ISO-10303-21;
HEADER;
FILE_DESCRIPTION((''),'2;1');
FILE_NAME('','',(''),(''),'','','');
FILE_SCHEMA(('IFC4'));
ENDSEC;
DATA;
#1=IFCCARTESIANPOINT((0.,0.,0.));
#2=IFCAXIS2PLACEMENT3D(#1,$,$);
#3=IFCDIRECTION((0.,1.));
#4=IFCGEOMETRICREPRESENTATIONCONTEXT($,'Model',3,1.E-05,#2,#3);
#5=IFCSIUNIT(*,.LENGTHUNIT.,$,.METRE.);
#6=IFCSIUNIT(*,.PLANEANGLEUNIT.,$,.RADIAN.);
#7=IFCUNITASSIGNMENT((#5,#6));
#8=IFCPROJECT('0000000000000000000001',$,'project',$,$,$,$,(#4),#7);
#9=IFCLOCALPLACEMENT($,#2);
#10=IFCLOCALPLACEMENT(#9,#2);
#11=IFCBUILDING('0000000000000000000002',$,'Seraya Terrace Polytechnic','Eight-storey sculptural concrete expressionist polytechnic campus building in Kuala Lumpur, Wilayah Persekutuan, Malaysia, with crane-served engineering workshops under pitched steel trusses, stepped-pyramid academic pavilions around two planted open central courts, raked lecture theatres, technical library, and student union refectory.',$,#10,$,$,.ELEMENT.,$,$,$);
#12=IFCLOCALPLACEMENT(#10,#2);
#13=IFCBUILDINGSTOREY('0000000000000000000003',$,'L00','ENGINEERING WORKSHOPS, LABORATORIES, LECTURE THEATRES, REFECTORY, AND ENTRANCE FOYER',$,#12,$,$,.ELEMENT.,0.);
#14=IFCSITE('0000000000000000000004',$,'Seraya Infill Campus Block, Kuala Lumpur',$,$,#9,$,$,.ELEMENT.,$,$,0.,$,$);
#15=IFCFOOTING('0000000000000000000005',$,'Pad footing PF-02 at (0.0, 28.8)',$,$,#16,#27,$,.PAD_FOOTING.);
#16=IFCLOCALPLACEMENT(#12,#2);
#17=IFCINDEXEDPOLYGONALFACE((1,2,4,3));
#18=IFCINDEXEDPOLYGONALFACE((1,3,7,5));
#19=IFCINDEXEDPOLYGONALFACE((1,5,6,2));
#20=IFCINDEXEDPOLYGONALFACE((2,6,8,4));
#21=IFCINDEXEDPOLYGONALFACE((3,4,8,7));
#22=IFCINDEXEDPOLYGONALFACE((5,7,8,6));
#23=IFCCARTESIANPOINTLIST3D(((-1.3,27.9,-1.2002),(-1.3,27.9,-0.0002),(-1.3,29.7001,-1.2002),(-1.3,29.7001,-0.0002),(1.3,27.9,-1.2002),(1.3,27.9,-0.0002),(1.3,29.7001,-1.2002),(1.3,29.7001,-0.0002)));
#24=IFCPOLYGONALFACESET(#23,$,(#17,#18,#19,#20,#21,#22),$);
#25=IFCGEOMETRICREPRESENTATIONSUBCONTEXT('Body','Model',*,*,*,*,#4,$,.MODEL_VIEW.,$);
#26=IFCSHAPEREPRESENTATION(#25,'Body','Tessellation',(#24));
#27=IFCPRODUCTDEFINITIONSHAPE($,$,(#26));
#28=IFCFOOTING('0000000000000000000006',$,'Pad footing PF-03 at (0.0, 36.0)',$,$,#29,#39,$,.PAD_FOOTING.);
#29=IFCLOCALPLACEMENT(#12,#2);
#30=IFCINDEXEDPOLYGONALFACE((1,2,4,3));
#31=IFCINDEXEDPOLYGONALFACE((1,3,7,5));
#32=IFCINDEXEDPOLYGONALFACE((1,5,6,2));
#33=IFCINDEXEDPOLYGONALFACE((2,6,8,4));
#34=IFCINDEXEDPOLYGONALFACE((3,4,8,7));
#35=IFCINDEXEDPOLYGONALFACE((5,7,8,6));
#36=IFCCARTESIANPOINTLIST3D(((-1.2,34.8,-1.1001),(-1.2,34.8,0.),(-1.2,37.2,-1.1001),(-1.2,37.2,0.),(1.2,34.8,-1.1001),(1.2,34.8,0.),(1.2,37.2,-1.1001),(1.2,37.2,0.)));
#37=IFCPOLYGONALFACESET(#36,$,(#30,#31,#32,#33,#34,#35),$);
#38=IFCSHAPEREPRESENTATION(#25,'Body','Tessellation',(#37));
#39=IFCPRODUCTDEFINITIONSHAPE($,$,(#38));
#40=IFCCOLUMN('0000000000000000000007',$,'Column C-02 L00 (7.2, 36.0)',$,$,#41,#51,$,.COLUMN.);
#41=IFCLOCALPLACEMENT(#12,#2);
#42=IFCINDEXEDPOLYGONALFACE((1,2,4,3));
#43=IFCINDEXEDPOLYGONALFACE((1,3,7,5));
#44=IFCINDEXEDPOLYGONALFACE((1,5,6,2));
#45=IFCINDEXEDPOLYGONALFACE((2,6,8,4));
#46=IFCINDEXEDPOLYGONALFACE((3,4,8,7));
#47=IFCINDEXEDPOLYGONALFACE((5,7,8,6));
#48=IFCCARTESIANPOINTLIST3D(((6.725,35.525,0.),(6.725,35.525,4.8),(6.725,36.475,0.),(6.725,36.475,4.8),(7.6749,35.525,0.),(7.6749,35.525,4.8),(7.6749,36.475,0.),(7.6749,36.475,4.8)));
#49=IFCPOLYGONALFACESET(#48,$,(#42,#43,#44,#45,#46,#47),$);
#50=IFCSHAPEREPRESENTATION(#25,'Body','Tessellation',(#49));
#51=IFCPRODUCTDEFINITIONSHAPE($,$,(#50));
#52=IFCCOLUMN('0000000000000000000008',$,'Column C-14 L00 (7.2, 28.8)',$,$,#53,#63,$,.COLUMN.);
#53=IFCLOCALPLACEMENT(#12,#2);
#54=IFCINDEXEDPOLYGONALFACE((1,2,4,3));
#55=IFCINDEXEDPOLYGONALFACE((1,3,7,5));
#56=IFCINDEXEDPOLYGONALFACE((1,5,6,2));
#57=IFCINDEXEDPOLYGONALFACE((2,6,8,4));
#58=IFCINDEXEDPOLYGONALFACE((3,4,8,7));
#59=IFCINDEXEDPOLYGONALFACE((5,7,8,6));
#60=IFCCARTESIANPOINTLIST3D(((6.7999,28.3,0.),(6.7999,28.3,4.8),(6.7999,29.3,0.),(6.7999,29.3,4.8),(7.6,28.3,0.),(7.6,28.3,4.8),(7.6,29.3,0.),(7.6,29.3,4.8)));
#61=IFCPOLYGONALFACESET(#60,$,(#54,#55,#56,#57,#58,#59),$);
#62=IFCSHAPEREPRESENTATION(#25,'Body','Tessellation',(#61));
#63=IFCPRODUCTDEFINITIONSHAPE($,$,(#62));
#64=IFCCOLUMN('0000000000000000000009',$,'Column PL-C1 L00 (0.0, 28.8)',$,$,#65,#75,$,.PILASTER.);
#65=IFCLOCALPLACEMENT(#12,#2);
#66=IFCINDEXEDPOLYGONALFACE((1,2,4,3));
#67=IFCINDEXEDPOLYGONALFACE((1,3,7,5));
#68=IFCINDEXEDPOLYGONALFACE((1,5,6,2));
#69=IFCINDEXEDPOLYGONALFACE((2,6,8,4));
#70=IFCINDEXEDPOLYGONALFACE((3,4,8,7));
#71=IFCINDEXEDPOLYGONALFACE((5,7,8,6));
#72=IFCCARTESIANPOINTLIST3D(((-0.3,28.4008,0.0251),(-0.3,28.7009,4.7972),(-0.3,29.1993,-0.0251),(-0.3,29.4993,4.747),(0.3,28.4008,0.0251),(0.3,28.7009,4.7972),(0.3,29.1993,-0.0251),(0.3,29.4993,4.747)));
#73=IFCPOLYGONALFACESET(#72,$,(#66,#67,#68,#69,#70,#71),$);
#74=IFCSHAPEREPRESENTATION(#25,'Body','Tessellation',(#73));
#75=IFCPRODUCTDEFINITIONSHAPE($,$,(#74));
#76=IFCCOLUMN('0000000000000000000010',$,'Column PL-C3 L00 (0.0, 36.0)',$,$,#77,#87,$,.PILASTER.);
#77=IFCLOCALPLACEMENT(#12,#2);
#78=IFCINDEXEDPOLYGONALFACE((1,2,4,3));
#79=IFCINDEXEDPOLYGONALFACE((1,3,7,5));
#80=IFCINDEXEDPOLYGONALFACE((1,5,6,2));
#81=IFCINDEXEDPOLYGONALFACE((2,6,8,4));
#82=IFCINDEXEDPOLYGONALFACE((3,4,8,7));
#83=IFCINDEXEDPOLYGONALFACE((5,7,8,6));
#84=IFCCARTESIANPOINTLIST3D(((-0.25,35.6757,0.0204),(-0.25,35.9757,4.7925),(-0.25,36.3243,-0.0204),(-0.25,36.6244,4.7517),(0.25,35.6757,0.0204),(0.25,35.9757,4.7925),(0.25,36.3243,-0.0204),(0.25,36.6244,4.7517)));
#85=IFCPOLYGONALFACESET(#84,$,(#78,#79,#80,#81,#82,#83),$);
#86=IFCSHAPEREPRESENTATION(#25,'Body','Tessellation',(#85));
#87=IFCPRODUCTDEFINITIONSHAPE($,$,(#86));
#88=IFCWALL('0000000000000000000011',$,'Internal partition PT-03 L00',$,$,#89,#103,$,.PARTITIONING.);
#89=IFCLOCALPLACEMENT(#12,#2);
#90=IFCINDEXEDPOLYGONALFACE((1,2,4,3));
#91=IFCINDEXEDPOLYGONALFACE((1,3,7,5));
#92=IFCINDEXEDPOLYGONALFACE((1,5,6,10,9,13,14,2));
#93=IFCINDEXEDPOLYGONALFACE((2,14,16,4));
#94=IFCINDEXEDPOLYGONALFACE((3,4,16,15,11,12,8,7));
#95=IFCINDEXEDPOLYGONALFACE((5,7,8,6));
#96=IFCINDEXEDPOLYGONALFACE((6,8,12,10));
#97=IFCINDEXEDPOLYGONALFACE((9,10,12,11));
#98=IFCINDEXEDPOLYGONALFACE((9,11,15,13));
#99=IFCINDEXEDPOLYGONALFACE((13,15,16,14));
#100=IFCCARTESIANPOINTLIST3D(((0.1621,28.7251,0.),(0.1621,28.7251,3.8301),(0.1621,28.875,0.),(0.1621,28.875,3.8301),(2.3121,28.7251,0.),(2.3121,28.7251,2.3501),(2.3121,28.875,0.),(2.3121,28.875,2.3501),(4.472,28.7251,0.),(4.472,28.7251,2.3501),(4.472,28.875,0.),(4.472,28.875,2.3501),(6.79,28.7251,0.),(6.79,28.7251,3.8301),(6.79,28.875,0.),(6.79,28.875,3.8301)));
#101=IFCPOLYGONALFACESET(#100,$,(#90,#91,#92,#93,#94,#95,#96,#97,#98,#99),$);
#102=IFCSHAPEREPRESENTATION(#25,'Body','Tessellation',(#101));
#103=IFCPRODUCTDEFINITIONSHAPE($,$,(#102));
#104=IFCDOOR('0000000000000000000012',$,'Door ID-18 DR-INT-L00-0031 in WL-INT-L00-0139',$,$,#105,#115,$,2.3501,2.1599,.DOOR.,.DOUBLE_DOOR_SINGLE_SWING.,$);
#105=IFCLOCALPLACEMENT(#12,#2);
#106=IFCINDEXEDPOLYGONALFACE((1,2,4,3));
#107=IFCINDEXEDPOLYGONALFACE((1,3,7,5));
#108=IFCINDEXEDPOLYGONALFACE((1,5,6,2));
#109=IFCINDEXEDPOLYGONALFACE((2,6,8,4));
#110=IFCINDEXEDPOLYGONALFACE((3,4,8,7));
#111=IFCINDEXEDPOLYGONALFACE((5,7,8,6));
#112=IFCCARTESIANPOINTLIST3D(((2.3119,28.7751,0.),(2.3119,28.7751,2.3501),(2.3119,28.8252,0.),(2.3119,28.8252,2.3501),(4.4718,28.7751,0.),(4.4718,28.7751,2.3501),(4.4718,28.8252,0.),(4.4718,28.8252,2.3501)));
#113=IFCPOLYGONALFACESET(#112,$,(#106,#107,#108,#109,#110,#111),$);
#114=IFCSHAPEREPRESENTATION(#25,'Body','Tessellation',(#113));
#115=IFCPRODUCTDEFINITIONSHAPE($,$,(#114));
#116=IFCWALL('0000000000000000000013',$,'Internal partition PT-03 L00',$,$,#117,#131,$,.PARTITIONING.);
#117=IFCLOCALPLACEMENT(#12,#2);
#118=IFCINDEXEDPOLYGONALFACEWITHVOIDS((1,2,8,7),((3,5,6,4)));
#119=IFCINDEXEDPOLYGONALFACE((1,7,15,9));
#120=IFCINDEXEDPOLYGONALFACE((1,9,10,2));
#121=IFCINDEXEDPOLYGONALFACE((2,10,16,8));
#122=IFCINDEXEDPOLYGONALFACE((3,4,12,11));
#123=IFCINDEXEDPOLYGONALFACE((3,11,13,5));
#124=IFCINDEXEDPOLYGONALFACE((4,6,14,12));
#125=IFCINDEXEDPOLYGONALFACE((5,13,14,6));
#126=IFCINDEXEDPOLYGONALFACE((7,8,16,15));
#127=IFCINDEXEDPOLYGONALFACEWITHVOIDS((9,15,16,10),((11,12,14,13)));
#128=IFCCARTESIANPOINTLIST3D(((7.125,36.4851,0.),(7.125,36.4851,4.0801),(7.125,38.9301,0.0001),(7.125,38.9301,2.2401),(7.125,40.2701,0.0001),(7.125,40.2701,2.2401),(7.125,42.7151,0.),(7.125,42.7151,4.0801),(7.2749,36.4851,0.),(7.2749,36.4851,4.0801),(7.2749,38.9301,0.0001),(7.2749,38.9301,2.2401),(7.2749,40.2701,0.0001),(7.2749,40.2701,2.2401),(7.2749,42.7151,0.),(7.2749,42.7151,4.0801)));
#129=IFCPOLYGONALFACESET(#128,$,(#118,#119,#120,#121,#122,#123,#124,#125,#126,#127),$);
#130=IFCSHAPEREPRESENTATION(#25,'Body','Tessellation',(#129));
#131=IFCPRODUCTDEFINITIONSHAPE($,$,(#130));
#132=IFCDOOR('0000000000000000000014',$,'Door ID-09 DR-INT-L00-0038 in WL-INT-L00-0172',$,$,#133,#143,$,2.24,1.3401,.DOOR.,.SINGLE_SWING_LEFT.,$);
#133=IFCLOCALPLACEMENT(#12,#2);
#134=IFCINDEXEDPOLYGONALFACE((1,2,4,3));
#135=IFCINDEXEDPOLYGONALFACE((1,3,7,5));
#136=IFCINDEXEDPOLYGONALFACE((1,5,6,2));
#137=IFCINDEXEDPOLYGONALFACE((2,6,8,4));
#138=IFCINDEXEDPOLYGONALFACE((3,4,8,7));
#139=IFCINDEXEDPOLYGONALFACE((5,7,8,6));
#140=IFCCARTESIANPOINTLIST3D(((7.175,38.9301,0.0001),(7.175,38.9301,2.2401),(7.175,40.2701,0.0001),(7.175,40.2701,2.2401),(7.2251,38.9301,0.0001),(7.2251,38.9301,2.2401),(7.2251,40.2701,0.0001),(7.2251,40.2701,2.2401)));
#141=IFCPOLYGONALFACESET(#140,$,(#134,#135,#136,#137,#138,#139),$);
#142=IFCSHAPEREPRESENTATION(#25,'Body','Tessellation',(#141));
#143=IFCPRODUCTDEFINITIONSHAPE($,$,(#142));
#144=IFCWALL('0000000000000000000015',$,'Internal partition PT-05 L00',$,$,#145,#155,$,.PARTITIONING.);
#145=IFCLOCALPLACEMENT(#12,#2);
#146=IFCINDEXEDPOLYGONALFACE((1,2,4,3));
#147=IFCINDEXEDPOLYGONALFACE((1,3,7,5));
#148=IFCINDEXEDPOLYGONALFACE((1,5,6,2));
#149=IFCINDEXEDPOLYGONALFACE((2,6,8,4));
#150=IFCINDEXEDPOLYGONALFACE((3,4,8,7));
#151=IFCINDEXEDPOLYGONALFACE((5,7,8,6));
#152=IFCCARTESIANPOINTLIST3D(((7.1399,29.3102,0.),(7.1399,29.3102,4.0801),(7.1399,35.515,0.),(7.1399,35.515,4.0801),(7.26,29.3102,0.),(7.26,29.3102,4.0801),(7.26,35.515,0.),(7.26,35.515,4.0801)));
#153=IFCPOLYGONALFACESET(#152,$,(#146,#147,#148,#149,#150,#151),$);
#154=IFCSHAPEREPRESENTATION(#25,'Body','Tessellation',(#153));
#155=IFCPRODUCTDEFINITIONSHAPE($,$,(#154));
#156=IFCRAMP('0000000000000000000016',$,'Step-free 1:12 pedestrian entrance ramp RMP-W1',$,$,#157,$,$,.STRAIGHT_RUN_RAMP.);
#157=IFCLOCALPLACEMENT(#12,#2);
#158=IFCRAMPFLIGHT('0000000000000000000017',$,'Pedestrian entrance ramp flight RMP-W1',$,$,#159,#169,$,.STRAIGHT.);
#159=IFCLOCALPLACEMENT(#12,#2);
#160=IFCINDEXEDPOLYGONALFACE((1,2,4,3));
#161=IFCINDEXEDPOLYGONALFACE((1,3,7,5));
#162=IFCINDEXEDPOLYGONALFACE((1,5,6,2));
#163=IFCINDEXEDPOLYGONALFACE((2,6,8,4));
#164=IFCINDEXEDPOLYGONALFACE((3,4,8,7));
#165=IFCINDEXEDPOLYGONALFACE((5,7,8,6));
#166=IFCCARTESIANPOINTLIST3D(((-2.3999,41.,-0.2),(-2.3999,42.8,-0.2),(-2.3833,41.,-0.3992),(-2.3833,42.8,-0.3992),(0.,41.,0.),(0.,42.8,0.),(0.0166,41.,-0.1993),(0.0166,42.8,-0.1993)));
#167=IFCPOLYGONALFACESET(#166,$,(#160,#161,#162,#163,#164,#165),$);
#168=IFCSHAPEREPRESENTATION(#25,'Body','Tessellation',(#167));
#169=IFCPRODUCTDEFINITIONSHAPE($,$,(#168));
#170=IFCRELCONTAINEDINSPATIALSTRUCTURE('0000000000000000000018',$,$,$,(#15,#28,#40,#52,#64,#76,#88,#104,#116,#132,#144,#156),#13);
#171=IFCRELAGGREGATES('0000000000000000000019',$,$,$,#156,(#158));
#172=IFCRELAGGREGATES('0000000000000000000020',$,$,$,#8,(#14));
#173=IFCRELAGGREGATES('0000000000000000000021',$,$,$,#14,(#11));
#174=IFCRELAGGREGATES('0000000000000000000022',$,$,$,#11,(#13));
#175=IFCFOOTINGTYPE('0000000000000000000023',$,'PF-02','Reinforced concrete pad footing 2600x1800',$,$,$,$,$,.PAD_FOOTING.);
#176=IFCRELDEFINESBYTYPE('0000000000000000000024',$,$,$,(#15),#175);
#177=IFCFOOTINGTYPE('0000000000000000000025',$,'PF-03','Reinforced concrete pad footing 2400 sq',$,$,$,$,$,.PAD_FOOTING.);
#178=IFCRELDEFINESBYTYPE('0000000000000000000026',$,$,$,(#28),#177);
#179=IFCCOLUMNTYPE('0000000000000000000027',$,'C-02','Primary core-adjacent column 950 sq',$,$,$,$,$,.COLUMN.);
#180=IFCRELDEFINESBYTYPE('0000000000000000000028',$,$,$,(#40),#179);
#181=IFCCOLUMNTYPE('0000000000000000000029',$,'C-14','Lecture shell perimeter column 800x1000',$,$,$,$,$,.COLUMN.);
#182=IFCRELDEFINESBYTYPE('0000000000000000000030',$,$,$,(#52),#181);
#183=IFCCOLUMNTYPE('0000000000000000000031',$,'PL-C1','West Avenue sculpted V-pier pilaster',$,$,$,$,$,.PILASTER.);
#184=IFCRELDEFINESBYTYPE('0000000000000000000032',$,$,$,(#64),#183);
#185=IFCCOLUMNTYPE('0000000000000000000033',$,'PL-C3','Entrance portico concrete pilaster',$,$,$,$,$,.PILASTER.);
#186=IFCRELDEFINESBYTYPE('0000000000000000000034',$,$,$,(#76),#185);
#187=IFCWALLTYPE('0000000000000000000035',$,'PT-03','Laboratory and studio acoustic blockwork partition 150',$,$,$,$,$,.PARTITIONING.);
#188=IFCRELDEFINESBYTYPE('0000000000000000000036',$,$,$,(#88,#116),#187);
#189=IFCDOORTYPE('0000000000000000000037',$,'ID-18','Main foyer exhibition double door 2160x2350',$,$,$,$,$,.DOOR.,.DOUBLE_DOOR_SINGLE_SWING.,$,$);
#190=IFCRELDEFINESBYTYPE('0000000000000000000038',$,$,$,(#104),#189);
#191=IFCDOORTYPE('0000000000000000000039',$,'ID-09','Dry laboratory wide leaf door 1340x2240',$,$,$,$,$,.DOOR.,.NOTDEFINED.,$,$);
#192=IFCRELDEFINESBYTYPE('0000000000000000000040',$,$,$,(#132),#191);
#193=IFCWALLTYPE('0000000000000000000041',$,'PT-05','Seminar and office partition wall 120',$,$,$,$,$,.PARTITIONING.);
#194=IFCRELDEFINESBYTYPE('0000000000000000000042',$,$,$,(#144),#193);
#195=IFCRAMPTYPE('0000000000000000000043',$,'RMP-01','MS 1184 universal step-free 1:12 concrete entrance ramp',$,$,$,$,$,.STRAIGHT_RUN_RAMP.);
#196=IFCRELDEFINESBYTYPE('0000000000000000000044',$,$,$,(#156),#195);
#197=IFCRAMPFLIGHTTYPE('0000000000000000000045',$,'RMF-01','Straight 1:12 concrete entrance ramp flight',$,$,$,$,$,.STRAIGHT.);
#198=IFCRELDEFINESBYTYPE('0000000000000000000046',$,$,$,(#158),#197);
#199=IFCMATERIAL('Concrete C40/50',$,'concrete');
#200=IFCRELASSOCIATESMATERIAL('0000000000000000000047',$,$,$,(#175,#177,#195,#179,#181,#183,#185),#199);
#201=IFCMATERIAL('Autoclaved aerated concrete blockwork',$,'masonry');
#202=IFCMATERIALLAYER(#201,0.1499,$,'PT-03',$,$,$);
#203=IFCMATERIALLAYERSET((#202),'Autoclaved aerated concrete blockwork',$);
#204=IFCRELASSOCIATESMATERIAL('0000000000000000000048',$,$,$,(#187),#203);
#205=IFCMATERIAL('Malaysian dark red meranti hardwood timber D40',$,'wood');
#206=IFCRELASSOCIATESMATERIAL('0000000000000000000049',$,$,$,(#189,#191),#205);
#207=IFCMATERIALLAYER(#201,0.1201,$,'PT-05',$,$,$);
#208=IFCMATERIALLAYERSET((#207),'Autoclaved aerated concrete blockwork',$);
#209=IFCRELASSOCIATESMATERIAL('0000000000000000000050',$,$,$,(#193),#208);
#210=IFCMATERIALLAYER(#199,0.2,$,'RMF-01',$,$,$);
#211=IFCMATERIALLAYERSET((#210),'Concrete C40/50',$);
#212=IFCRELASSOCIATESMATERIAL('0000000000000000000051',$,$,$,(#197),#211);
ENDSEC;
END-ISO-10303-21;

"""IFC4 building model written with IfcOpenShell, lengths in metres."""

from ifc_helpers import new_model, si_unit, direction, frame, frame_2d, origin, origin_2d, place, context, subcontext, project, spatial, polyline, rectangle, outline, extrude, material, layer, layer_set, material_profile, profile_set, type_object, element, fill, aggregate, save


model = new_model("IFC4")

# Units and contexts
model_context = context("Model", 3, precision=1e-05, world=origin(), true_north=direction((0.0, 1.0)))
body_context = subcontext(model_context, "Body", "Model", "MODEL_VIEW")
ifc_project = project(units=[si_unit("LENGTHUNIT", "METRE"), si_unit("PLANEANGLEUNIT", "RADIAN")], contexts=[model_context])

# Site, building, storey
site_placement = place(None, origin())
site = spatial("IfcSite", under=ifc_project, at=site_placement, Name="Seraya Infill Campus Block, Kuala Lumpur", CompositionType="ELEMENT", RefElevation=0.0)
building_placement = place(site_placement, origin())
building = spatial("IfcBuilding", under=site, at=building_placement, Name="Seraya Terrace Polytechnic", Description="Eight-storey sculptural concrete expressionist polytechnic campus building in Kuala Lumpur, Wilayah Persekutuan, Malaysia, with crane-served engineering workshops under pitched steel trusses, stepped-pyramid academic pavilions around two planted open central courts, raked lecture theatres, technical library, and student union refectory.", CompositionType="ELEMENT")
storey_placement = place(building_placement, origin())
storey = spatial("IfcBuildingStorey", under=building, at=storey_placement, Name="L00", Description="ENGINEERING WORKSHOPS, LABORATORIES, LECTURE THEATRES, REFECTORY, AND ENTRANCE FOYER", CompositionType="ELEMENT", Elevation=0.0)

# Shared definitions
ifc_material_1 = material(Name="Concrete C40/50", Category="concrete")

# Footings
footing_type_1 = type_object("IfcFootingType", Name="PF-02", Description="Reinforced concrete pad footing 2600x1800", PredefinedType="PAD_FOOTING", material=ifc_material_1)
footing_1_placement = place(storey_placement, frame((0.0, 28.8, -1.2002), z_axis=(0.0, 0.0, 1.0), x_axis=(1.0, 0.0, 0.0)))
element("IfcFooting", 1, at=footing_1_placement, inside=storey, type_object=footing_type_1, Name="Pad footing PF-02 at (0.0, 28.8)", PredefinedType="PAD_FOOTING", context=body_context, shape_type="SweptSolid", body=[
    extrude(rectangle(XDim=2.6001, YDim=1.8, at=origin_2d()), origin(), (0.0, 0.0, 1.0), 1.2),
])
footing_type_2 = type_object("IfcFootingType", Name="PF-03", Description="Reinforced concrete pad footing 2400 sq", PredefinedType="PAD_FOOTING", material=ifc_material_1)
footing_2_placement = place(storey_placement, frame((0.0, 36.0, -1.1001), z_axis=(0.0, 0.0, 1.0), x_axis=(1.0, 0.0, 0.0)))
element("IfcFooting", 2, at=footing_2_placement, inside=storey, type_object=footing_type_2, Name="Pad footing PF-03 at (0.0, 36.0)", PredefinedType="PAD_FOOTING", context=body_context, shape_type="SweptSolid", body=[
    extrude(rectangle(XDim=2.3999, YDim=2.3999, at=origin_2d()), origin(), (0.0, 0.0, 1.0), 1.1001),
])

# Columns
ifc_material_profile_1 = material_profile(ifc_material_1, rectangle(XDim=0.95, YDim=0.95, at=origin_2d()), Name="RC 950x950")
ifc_profile_set_1 = profile_set([ifc_material_profile_1], Name="Concrete C40/50")
column_type_1 = type_object("IfcColumnType", Name="C-02", Description="Primary core-adjacent column 950 sq", PredefinedType="COLUMN", material=ifc_profile_set_1)
column_1_placement = place(storey_placement, frame((7.2, 36.0, 0.0), z_axis=(0.0, 0.0, 1.0), x_axis=(1.0, 0.0, 0.0)))
element("IfcColumn", 3, at=column_1_placement, inside=storey, type_object=column_type_1, Name="Column C-02 L00 (7.2, 36.0)", PredefinedType="COLUMN", context=body_context, shape_type="SweptSolid", body=[
    extrude(rectangle(XDim=0.95, YDim=0.95, at=origin_2d()), origin(), (0.0, 0.0, 1.0), 4.8),
])
ifc_material_profile_2 = material_profile(ifc_material_1, rectangle(XDim=0.8, YDim=1.0, at=origin_2d()), Name="RC 800x1000")
ifc_profile_set_2 = profile_set([ifc_material_profile_2], Name="Concrete C40/50")
column_type_2 = type_object("IfcColumnType", Name="C-14", Description="Lecture shell perimeter column 800x1000", PredefinedType="COLUMN", material=ifc_profile_set_2)
column_2_placement = place(storey_placement, frame((7.2, 28.8, 0.0), z_axis=(0.0, 0.0, 1.0), x_axis=(1.0, 0.0, 0.0)))
element("IfcColumn", 4, at=column_2_placement, inside=storey, type_object=column_type_2, Name="Column C-14 L00 (7.2, 28.8)", PredefinedType="COLUMN", context=body_context, shape_type="SweptSolid", body=[
    extrude(rectangle(XDim=0.8, YDim=1.0, at=origin_2d()), origin(), (0.0, 0.0, 1.0), 4.8),
])
ifc_material_profile_3 = material_profile(ifc_material_1, rectangle(XDim=0.6001, YDim=0.8, at=origin_2d()), Name="RC 600x800")
ifc_profile_set_3 = profile_set([ifc_material_profile_3], Name="Concrete C40/50")
column_type_3 = type_object("IfcColumnType", Name="PL-C1", Description="West Avenue sculpted V-pier pilaster", PredefinedType="PILASTER", material=ifc_profile_set_3)
column_3_placement = place(storey_placement, frame((0.0, 28.8, 0.0), z_axis=(0.0, 0.062753, 0.998029), x_axis=(-1.0, 0.0, 0.0)))
element("IfcColumn", 5, at=column_3_placement, inside=storey, type_object=column_type_3, Name="Column PL-C1 L00 (0.0, 28.8)", PredefinedType="PILASTER", context=body_context, shape_type="SweptSolid", body=[
    extrude(rectangle(XDim=0.6001, YDim=0.8, at=origin_2d()), origin(), (0.0, 0.0, 1.0), 4.7815),
])
ifc_material_profile_4 = material_profile(ifc_material_1, rectangle(XDim=0.5, YDim=0.6499, at=origin_2d()), Name="RC 500x650")
ifc_profile_set_4 = profile_set([ifc_material_profile_4], Name="Concrete C40/50")
column_type_4 = type_object("IfcColumnType", Name="PL-C3", Description="Entrance portico concrete pilaster", PredefinedType="PILASTER", material=ifc_profile_set_4)
column_4_placement = place(storey_placement, frame((0.0, 36.0, 0.0), z_axis=(0.0, 0.062753, 0.998029), x_axis=(-1.0, 0.0, 0.0)))
element("IfcColumn", 6, at=column_4_placement, inside=storey, type_object=column_type_4, Name="Column PL-C3 L00 (0.0, 36.0)", PredefinedType="PILASTER", context=body_context, shape_type="SweptSolid", body=[
    extrude(rectangle(XDim=0.5, YDim=0.6499, at=origin_2d()), origin(), (0.0, 0.0, 1.0), 4.7815),
])

# Walls, openings, doors
ifc_material_2 = material(Name="Autoclaved aerated concrete blockwork", Category="masonry")
ifc_layer_1 = layer(ifc_material_2, 0.1499, Name="PT-03")
ifc_layer_set_1 = layer_set([ifc_layer_1], Name="Autoclaved aerated concrete blockwork")
wall_type_1 = type_object("IfcWallType", Name="PT-03", Description="Laboratory and studio acoustic blockwork partition 150", PredefinedType="PARTITIONING", material=ifc_layer_set_1)
wall_1_placement = place(storey_placement, frame((0.1621, 28.8, 0.0), z_axis=(0.0, 0.0, 1.0), x_axis=(1.0, 0.0, 0.0)))
wall_1 = element("IfcWall", 7, at=wall_1_placement, inside=storey, type_object=wall_type_1, Name="Internal partition PT-03 L00", PredefinedType="PARTITIONING", context=body_context, shape_type="SweptSolid", body=[
    extrude(rectangle(XDim=6.6279, YDim=0.1499, at=frame_2d((3.314, 0.0))), origin(), (0.0, 0.0, 1.0), 3.8301),
])
opening_1_placement = place(wall_1_placement, frame((2.1499, 0.0, 0.0)))
opening_1 = element("IfcOpeningElement", 8, at=opening_1_placement, cuts=wall_1, PredefinedType="OPENING", context=body_context, shape_type="SweptSolid", body=[
    extrude(rectangle(XDim=2.1599, YDim=2.3501, at=frame_2d((1.0801, 1.175))), frame((0.0, 0.0869, 0.0), z_axis=(0.0, -1.0, 0.0), x_axis=(1.0, 0.0, 0.0)), (0.0, 0.0, 1.0), 0.1738),
])
ifc_material_3 = material(Name="Malaysian dark red meranti hardwood timber D40", Category="wood")
door_type_1 = type_object("IfcDoorType", Name="ID-18", Description="Main foyer exhibition double door 2160x2350", OperationType="DOUBLE_DOOR_SINGLE_SWING", PredefinedType="DOOR", material=ifc_material_3)
door_1_placement = place(opening_1_placement, frame((2.1599, 0.0, 0.0), z_axis=(0.0, 0.0, 1.0), x_axis=(-1.0, 0.0, 0.0)))
door_1 = element("IfcDoor", 9, at=door_1_placement, inside=storey, type_object=door_type_1, Name="Door ID-18 DR-INT-L00-0031 in WL-INT-L00-0139", OperationType="DOUBLE_DOOR_SINGLE_SWING", OverallHeight=2.3501, OverallWidth=2.1599, PredefinedType="DOOR", context=body_context, shape_type="SweptSolid", body=[
    extrude(rectangle(XDim=2.1599, YDim=2.3501, at=frame_2d((1.0801, 1.175))), frame((0.0, 0.0249, 0.0), z_axis=(0.0, -1.0, 0.0), x_axis=(1.0, 0.0, 0.0)), (0.0, 0.0, 1.0), 0.05),
])
fill(opening_1, door_1)
wall_2_placement = place(storey_placement, frame((7.2, 36.4851, 0.0), z_axis=(0.0, 0.0, 1.0), x_axis=(0.0, 1.0, 0.0)))
wall_2 = element("IfcWall", 10, at=wall_2_placement, inside=storey, type_object=wall_type_1, Name="Internal partition PT-03 L00", PredefinedType="PARTITIONING", context=body_context, shape_type="SweptSolid", body=[
    extrude(rectangle(XDim=6.23, YDim=0.1499, at=frame_2d((3.115, 0.0))), origin(), (0.0, 0.0, 1.0), 4.0801),
])
opening_2_placement = place(wall_2_placement, frame((2.4451, 0.0, 0.0)))
opening_2 = element("IfcOpeningElement", 11, at=opening_2_placement, cuts=wall_2, PredefinedType="OPENING", context=body_context, shape_type="SweptSolid", body=[
    extrude(rectangle(XDim=1.3401, YDim=2.24, at=frame_2d((0.6699, 1.1201))), frame((0.0, 0.0869, 0.0), z_axis=(0.0, -1.0, 0.0), x_axis=(1.0, 0.0, 0.0)), (0.0, 0.0, 1.0), 0.1738),
])
door_type_2 = type_object("IfcDoorType", Name="ID-09", Description="Dry laboratory wide leaf door 1340x2240", OperationType="NOTDEFINED", PredefinedType="DOOR", material=ifc_material_3)
door_2_placement = place(opening_2_placement, origin())
door_2 = element("IfcDoor", 12, at=door_2_placement, inside=storey, type_object=door_type_2, Name="Door ID-09 DR-INT-L00-0038 in WL-INT-L00-0172", OperationType="SINGLE_SWING_LEFT", OverallHeight=2.24, OverallWidth=1.3401, PredefinedType="DOOR", context=body_context, shape_type="SweptSolid", body=[
    extrude(rectangle(XDim=1.3401, YDim=2.24, at=frame_2d((0.6699, 1.1201))), frame((0.0, 0.0249, 0.0), z_axis=(0.0, -1.0, 0.0), x_axis=(1.0, 0.0, 0.0)), (0.0, 0.0, 1.0), 0.05),
])
fill(opening_2, door_2)

# Wall
ifc_layer_2 = layer(ifc_material_2, 0.1201, Name="PT-05")
ifc_layer_set_2 = layer_set([ifc_layer_2], Name="Autoclaved aerated concrete blockwork")
wall_type_2 = type_object("IfcWallType", Name="PT-05", Description="Seminar and office partition wall 120", PredefinedType="PARTITIONING", material=ifc_layer_set_2)
wall_3_placement = place(storey_placement, frame((7.2, 29.3101, 0.0), z_axis=(0.0, 0.0, 1.0), x_axis=(0.0, 1.0, 0.0)))
element("IfcWall", 13, at=wall_3_placement, inside=storey, type_object=wall_type_2, Name="Internal partition PT-05 L00", PredefinedType="PARTITIONING", context=body_context, shape_type="SweptSolid", body=[
    extrude(rectangle(XDim=6.2048, YDim=0.1201, at=frame_2d((3.1025, 0.0))), origin(), (0.0, 0.0, 1.0), 4.0801),
])

# Ramp, ramp flight
ramp_type = type_object("IfcRampType", Name="RMP-01", Description="MS 1184 universal step-free 1:12 concrete entrance ramp", PredefinedType="STRAIGHT_RUN_RAMP", material=ifc_material_1)
ramp_placement = place(storey_placement, origin())
ramp = element("IfcRamp", 14, at=ramp_placement, inside=storey, type_object=ramp_type, Name="Step-free 1:12 pedestrian entrance ramp RMP-W1", PredefinedType="STRAIGHT_RUN_RAMP")
ifc_layer_3 = layer(ifc_material_1, 0.2, Name="RMF-01")
ifc_layer_set_3 = layer_set([ifc_layer_3], Name="Concrete C40/50")
ramp_flight_type = type_object("IfcRampFlightType", Name="RMF-01", Description="Straight 1:12 concrete entrance ramp flight", PredefinedType="STRAIGHT", material=ifc_layer_set_3)
ramp_flight_placement = place(storey_placement, frame((-2.3999, 41.0, -0.2), z_axis=(-0.083029, 0.0, 0.996547), x_axis=(0.996547, 0.0, 0.083029)))
ramp_flight = element("IfcRampFlight", 15, at=ramp_flight_placement, type_object=ramp_flight_type, Name="Pedestrian entrance ramp flight RMP-W1", PredefinedType="STRAIGHT", context=body_context, shape_type="SweptSolid", body=[
    extrude(outline(polyline([(0.0, 0.0), (2.4082, 0.0), (2.4082, 1.8), (0.0, 1.8), (0.0, 0.0)])), origin(), (0.0, 0.0, -1.0), 0.2),
])
aggregate(ramp, [ramp_flight])

save(model, "model.ifc")
